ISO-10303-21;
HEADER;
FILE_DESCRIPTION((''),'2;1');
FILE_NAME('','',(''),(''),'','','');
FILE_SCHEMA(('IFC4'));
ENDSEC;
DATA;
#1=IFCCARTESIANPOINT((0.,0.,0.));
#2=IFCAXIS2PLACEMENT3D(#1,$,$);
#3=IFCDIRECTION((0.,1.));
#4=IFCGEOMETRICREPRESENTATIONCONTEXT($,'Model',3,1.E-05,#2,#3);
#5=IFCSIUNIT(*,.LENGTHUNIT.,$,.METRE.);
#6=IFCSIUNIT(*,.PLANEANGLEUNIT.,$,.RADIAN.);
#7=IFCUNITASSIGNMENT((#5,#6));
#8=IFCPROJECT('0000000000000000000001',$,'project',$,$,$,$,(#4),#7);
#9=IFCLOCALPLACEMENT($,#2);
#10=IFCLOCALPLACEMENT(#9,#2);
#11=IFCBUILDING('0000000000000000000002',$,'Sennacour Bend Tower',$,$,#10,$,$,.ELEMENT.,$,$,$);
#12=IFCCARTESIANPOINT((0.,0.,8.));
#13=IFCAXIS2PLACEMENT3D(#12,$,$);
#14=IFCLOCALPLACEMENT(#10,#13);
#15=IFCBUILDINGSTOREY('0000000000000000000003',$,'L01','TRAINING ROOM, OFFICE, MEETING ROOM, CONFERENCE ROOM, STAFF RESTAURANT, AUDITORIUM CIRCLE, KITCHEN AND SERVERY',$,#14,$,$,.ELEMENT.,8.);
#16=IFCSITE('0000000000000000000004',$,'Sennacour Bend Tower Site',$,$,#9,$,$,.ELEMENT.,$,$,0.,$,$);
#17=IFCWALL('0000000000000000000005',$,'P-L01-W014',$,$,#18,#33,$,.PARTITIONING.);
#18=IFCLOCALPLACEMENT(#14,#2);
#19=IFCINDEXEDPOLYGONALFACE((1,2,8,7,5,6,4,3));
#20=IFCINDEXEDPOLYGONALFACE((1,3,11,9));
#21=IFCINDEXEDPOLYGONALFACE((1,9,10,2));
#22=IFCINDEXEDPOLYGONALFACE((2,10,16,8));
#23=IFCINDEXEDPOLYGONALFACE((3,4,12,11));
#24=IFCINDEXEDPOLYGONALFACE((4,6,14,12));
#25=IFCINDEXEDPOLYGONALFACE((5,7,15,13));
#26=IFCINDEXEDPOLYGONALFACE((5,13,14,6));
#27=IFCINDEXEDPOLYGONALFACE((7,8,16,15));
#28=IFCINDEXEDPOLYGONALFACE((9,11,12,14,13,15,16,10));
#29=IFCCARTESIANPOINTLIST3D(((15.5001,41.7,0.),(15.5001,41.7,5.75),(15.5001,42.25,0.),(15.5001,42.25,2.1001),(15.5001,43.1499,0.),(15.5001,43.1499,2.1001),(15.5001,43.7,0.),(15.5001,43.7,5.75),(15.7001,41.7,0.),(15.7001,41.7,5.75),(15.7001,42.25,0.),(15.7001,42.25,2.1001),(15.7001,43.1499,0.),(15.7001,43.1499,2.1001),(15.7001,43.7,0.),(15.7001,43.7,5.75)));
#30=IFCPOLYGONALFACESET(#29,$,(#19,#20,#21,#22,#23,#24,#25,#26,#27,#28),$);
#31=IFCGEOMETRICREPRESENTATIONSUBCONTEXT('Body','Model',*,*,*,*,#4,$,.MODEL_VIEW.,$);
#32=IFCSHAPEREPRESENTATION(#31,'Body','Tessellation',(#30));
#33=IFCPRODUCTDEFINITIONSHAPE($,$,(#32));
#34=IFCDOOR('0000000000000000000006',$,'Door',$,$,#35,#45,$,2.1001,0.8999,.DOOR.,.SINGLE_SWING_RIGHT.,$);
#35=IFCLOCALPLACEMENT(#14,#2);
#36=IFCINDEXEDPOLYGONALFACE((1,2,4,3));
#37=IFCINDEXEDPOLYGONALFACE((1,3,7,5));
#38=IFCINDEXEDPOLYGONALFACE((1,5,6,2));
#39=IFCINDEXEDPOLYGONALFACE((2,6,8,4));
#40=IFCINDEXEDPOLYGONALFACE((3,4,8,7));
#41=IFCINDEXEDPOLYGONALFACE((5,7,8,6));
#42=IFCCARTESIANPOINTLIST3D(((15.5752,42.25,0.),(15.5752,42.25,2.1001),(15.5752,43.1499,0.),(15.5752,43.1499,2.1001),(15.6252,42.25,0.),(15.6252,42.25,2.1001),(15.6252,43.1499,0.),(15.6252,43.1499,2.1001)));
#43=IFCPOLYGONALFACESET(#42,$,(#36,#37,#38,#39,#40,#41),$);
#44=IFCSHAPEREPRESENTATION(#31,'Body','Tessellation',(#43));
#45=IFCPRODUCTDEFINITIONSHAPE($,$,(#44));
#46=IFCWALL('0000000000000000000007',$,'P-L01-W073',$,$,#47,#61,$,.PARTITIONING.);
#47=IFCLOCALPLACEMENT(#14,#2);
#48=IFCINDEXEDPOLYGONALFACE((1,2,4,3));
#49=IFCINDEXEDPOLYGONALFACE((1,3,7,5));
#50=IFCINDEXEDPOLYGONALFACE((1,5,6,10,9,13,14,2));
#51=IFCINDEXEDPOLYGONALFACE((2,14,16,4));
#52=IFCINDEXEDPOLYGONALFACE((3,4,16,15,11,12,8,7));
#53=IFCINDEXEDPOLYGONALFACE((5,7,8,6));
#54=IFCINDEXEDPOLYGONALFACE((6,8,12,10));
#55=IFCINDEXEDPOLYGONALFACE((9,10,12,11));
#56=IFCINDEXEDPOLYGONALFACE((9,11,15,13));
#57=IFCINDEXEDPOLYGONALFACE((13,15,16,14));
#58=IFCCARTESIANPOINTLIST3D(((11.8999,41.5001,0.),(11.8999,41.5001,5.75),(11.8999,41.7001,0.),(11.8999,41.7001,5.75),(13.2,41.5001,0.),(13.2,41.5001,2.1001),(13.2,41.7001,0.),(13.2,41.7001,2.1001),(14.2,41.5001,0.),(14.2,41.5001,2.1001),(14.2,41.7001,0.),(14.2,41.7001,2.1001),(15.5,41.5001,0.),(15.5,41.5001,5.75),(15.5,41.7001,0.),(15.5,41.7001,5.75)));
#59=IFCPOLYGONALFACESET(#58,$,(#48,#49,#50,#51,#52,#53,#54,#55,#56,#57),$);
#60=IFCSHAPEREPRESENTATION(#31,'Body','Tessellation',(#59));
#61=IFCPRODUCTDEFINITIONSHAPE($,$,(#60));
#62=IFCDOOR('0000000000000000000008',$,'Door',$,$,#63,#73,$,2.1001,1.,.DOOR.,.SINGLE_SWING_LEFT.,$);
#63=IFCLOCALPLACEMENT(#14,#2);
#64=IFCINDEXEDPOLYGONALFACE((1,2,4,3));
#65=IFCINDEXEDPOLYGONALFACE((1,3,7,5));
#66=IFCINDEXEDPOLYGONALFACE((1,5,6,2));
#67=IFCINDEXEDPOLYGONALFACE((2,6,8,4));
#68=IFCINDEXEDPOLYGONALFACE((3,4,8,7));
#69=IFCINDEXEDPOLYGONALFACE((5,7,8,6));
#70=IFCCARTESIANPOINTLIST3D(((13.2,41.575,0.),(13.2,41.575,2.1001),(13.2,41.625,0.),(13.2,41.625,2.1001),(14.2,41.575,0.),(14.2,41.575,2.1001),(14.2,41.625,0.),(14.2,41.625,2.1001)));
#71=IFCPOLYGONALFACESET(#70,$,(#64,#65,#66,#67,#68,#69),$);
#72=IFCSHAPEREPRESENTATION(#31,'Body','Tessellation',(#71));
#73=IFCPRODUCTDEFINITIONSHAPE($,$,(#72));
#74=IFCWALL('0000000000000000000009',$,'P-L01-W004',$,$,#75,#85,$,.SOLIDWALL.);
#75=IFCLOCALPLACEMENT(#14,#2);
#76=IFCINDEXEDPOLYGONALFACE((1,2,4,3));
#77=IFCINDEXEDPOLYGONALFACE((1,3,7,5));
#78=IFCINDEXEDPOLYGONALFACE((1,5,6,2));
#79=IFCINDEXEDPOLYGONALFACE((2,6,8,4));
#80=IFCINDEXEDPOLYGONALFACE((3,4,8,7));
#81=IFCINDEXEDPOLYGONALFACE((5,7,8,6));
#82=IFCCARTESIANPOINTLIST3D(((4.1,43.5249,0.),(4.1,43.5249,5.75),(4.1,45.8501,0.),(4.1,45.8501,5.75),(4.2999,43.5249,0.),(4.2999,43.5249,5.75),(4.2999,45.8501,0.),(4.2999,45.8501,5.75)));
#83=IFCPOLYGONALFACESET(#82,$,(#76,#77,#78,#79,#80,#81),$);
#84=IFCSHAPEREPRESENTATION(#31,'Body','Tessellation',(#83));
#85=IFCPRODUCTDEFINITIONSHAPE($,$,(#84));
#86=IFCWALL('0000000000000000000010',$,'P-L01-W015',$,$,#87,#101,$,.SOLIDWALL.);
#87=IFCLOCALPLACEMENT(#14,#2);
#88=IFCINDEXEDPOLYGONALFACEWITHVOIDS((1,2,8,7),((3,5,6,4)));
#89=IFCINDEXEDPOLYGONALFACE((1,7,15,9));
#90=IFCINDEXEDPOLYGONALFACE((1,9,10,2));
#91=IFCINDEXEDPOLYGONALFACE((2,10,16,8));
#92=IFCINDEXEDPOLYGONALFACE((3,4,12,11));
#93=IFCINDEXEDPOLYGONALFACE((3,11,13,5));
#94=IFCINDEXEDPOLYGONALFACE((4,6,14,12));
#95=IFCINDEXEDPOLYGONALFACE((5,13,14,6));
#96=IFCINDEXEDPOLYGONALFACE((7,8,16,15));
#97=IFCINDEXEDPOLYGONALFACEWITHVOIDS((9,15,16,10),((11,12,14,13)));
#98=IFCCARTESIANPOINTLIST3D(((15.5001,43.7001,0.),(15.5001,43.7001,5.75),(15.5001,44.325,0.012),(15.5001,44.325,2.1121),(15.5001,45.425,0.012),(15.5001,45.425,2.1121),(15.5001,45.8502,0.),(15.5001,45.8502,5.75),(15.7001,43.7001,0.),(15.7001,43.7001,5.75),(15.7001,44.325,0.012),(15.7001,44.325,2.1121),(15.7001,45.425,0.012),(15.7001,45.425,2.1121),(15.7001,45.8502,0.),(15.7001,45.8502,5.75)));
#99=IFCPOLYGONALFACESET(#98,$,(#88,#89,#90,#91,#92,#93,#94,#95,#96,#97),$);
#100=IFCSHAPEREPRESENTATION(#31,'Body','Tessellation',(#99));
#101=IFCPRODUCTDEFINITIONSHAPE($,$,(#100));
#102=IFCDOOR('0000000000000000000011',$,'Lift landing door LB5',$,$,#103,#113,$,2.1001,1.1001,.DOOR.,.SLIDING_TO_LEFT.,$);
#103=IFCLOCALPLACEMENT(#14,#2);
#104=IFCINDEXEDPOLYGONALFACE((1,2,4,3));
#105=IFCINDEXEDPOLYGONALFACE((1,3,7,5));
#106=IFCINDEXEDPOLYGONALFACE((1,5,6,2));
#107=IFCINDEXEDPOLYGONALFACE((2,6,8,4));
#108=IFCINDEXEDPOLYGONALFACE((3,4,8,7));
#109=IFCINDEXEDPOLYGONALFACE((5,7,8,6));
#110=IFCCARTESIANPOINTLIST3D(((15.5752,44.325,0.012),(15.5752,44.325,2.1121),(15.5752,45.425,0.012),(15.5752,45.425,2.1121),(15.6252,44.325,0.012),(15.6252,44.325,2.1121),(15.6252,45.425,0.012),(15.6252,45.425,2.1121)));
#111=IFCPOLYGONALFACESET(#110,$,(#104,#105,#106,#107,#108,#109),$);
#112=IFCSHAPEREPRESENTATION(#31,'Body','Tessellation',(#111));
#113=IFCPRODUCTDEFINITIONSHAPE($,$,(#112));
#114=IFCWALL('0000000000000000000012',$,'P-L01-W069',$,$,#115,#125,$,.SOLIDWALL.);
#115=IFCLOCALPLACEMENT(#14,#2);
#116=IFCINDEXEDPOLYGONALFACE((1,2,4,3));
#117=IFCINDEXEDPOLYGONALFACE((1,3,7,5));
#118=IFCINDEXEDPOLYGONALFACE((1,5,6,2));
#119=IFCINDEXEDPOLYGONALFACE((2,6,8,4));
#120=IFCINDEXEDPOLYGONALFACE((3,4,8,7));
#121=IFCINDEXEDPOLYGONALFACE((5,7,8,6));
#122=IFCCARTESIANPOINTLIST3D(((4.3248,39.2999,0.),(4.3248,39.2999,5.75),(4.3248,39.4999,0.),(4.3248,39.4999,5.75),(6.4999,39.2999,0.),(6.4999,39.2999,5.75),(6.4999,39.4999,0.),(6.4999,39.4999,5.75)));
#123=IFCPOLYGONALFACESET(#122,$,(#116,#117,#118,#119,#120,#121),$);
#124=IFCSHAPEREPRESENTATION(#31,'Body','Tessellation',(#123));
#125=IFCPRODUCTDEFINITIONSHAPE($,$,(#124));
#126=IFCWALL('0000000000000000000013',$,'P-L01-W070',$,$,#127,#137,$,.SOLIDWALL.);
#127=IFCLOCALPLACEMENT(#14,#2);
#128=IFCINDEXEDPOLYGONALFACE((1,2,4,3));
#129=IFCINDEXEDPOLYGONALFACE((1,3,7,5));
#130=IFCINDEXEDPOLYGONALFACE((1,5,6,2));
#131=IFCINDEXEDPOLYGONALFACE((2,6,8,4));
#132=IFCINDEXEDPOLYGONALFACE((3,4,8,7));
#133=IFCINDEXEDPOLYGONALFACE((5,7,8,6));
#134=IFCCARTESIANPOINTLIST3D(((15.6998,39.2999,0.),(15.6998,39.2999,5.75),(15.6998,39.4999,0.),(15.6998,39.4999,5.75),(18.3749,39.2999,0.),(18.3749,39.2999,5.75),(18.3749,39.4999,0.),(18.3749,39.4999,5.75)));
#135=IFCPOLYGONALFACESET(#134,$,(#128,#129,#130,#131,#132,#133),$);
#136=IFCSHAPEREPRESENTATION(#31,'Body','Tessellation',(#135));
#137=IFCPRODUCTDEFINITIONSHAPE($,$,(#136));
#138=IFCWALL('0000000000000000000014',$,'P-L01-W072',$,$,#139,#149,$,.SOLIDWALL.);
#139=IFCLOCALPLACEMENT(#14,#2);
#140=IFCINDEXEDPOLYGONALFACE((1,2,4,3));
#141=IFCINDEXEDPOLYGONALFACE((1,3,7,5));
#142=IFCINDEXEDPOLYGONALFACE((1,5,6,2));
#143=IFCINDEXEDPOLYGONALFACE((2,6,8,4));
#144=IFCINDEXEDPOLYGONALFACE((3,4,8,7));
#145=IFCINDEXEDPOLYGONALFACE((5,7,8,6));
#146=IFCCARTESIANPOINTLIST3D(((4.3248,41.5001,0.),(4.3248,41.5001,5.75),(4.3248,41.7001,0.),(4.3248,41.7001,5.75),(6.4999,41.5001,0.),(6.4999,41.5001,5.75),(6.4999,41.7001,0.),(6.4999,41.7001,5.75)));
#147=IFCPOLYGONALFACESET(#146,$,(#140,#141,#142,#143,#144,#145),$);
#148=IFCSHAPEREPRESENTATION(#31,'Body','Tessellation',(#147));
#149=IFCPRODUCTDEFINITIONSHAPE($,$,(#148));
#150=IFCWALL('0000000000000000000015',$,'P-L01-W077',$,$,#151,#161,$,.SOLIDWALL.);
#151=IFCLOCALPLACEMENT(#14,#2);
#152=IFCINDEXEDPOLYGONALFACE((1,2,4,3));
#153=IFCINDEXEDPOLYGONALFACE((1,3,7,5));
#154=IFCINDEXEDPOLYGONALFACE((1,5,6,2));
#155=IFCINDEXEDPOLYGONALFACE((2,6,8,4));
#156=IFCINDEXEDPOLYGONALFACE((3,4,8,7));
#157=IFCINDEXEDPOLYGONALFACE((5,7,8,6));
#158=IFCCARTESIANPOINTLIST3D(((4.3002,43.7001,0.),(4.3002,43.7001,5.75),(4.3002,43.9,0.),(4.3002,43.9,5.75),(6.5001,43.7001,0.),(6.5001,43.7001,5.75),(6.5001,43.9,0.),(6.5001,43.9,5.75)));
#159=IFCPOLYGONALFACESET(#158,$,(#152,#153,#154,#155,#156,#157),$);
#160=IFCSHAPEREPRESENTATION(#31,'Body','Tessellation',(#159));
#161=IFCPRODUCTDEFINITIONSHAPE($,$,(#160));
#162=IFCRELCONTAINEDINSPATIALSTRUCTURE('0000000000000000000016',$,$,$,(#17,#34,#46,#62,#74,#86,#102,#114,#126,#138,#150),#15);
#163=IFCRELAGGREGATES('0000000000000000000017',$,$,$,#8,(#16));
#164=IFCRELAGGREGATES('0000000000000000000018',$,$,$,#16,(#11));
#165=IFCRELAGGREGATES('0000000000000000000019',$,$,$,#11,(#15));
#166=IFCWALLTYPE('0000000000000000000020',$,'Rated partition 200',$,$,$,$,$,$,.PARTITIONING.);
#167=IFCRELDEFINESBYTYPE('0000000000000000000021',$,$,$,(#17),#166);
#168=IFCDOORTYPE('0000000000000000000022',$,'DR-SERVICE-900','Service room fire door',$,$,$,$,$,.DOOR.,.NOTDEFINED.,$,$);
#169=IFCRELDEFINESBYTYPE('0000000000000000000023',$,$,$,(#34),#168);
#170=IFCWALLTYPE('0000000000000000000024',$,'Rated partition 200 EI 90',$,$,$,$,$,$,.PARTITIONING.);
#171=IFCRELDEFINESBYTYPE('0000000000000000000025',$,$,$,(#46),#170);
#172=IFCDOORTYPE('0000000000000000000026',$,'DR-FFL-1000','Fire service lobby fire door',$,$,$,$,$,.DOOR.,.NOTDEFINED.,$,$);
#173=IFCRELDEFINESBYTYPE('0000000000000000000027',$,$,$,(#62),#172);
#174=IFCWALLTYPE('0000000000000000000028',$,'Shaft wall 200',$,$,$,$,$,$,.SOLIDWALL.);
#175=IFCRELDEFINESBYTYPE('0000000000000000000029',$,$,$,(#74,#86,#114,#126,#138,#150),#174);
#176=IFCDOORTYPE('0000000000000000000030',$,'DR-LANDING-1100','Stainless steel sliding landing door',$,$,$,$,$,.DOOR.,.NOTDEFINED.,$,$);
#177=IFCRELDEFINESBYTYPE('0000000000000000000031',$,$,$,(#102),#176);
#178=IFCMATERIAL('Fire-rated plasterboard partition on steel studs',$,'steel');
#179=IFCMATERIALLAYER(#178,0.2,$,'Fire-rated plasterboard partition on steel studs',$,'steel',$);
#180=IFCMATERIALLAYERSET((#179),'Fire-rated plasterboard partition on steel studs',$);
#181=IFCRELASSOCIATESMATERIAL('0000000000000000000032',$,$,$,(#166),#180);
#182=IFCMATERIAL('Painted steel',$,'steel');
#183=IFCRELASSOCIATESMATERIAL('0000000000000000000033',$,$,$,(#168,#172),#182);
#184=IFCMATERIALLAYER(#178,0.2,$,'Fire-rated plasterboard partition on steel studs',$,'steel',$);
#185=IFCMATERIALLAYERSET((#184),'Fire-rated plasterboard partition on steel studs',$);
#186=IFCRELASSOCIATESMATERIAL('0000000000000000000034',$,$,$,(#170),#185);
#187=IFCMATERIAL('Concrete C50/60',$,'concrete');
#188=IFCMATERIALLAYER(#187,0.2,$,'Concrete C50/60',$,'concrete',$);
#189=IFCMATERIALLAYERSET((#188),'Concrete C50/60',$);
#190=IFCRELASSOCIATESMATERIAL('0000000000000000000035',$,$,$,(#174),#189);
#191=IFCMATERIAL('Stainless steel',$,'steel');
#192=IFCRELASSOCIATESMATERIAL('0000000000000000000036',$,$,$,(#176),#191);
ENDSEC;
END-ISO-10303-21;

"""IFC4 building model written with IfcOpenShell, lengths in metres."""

from ifc_helpers import new_model, si_unit, direction, frame, frame_2d, origin, place, context, subcontext, project, spatial, rectangle, extrude, material, layer, layer_set, type_object, element, fill, save


model = new_model("IFC4")

# Units and contexts
model_context = context("Model", 3, precision=1e-05, world=origin(), true_north=direction((0.0, 1.0)))
body_context = subcontext(model_context, "Body", "Model", "MODEL_VIEW")
ifc_project = project(units=[si_unit("LENGTHUNIT", "METRE"), si_unit("PLANEANGLEUNIT", "RADIAN")], contexts=[model_context])

# Site, building, storey
site_placement = place(None, origin())
site = spatial("IfcSite", under=ifc_project, at=site_placement, Name="Sennacour Bend Tower Site", CompositionType="ELEMENT", RefElevation=0.0)
building_placement = place(site_placement, origin())
building = spatial("IfcBuilding", under=site, at=building_placement, Name="Sennacour Bend Tower", CompositionType="ELEMENT")
storey_placement = place(building_placement, frame((0.0, 0.0, 8.0)))
storey = spatial("IfcBuildingStorey", under=building, at=storey_placement, Name="L01", Description="TRAINING ROOM, OFFICE, MEETING ROOM, CONFERENCE ROOM, STAFF RESTAURANT, AUDITORIUM CIRCLE, KITCHEN AND SERVERY", CompositionType="ELEMENT", Elevation=8.0)

# Walls, openings, doors
ifc_material_1 = material(Name="Fire-rated plasterboard partition on steel studs", Category="steel")
ifc_layer_1 = layer(ifc_material_1, 0.2, Name="Fire-rated plasterboard partition on steel studs", Category="steel")
ifc_layer_set_1 = layer_set([ifc_layer_1], Name="Fire-rated plasterboard partition on steel studs")
wall_type_1 = type_object("IfcWallType", Name="Rated partition 200", PredefinedType="PARTITIONING", material=ifc_layer_set_1)
wall_1_placement = place(storey_placement, frame((15.6001, 41.7, 0.0), z_axis=(0.0, 0.0, 1.0), x_axis=(0.0, 1.0, 0.0)))
wall_1 = element("IfcWall", 1, at=wall_1_placement, inside=storey, type_object=wall_type_1, Name="P-L01-W014", PredefinedType="PARTITIONING", context=body_context, shape_type="SweptSolid", body=[
    extrude(rectangle(XDim=2.0, YDim=0.2, at=frame_2d((1.0, 0.0))), origin(), (0.0, 0.0, 1.0), 5.75),
])
opening_1_placement = place(wall_1_placement, frame((0.55, 0.0, 0.0)))
opening_1 = element("IfcOpeningElement", 2, at=opening_1_placement, cuts=wall_1, PredefinedType="OPENING", context=body_context, shape_type="SweptSolid", body=[
    extrude(rectangle(XDim=0.8999, YDim=2.1001, at=frame_2d((0.45, 1.05))), frame((0.0, 0.1099, 0.0), z_axis=(0.0, -1.0, 0.0), x_axis=(1.0, 0.0, 0.0)), (0.0, 0.0, 1.0), 0.22),
])
ifc_material_2 = material(Name="Painted steel", Category="steel")
door_type_1 = type_object("IfcDoorType", Name="DR-SERVICE-900", Description="Service room fire door", OperationType="NOTDEFINED", PredefinedType="DOOR", material=ifc_material_2)
door_1_placement = place(opening_1_placement, origin())
door_1 = element("IfcDoor", 3, at=door_1_placement, inside=storey, type_object=door_type_1, Name="Door", OperationType="SINGLE_SWING_RIGHT", OverallHeight=2.1001, OverallWidth=0.8999, PredefinedType="DOOR", context=body_context, shape_type="SweptSolid", body=[
    extrude(rectangle(XDim=0.8999, YDim=2.1001, at=frame_2d((0.45, 1.05))), frame((0.0, 0.0249, 0.0), z_axis=(0.0, -1.0, 0.0), x_axis=(1.0, 0.0, 0.0)), (0.0, 0.0, 1.0), 0.05),
])
fill(opening_1, door_1)
ifc_layer_2 = layer(ifc_material_1, 0.2, Name="Fire-rated plasterboard partition on steel studs", Category="steel")
ifc_layer_set_2 = layer_set([ifc_layer_2], Name="Fire-rated plasterboard partition on steel studs")
wall_type_2 = type_object("IfcWallType", Name="Rated partition 200 EI 90", PredefinedType="PARTITIONING", material=ifc_layer_set_2)
wall_2_placement = place(storey_placement, frame((11.8999, 41.6001, 0.0), z_axis=(0.0, 0.0, 1.0), x_axis=(1.0, 0.0, 0.0)))
wall_2 = element("IfcWall", 4, at=wall_2_placement, inside=storey, type_object=wall_type_2, Name="P-L01-W073", PredefinedType="PARTITIONING", context=body_context, shape_type="SweptSolid", body=[
    extrude(rectangle(XDim=3.6001, YDim=0.2, at=frame_2d((1.8, 0.0))), origin(), (0.0, 0.0, 1.0), 5.75),
])
opening_2_placement = place(wall_2_placement, frame((1.3, 0.0, 0.0)))
opening_2 = element("IfcOpeningElement", 5, at=opening_2_placement, cuts=wall_2, PredefinedType="OPENING", context=body_context, shape_type="SweptSolid", body=[
    extrude(rectangle(XDim=1.0, YDim=2.1001, at=frame_2d((0.5, 1.05))), frame((0.0, 0.1099, 0.0), z_axis=(0.0, -1.0, 0.0), x_axis=(1.0, 0.0, 0.0)), (0.0, 0.0, 1.0), 0.22),
])
door_type_2 = type_object("IfcDoorType", Name="DR-FFL-1000", Description="Fire service lobby fire door", OperationType="NOTDEFINED", PredefinedType="DOOR", material=ifc_material_2)
door_2_placement = place(opening_2_placement, origin())
door_2 = element("IfcDoor", 6, at=door_2_placement, inside=storey, type_object=door_type_2, Name="Door", OperationType="SINGLE_SWING_LEFT", OverallHeight=2.1001, OverallWidth=1.0, PredefinedType="DOOR", context=body_context, shape_type="SweptSolid", body=[
    extrude(rectangle(XDim=1.0, YDim=2.1001, at=frame_2d((0.5, 1.05))), frame((0.0, 0.0249, 0.0), z_axis=(0.0, -1.0, 0.0), x_axis=(1.0, 0.0, 0.0)), (0.0, 0.0, 1.0), 0.05),
])
fill(opening_2, door_2)

# Wall
ifc_material_3 = material(Name="Concrete C50/60", Category="concrete")
ifc_layer_3 = layer(ifc_material_3, 0.2, Name="Concrete C50/60", Category="concrete")
ifc_layer_set_3 = layer_set([ifc_layer_3], Name="Concrete C50/60")
wall_type_3 = type_object("IfcWallType", Name="Shaft wall 200", PredefinedType="SOLIDWALL", material=ifc_layer_set_3)
wall_3_placement = place(storey_placement, frame((4.2, 43.5249, 0.0), z_axis=(0.0, 0.0, 1.0), x_axis=(0.0, 1.0, 0.0)))
element("IfcWall", 7, at=wall_3_placement, inside=storey, type_object=wall_type_3, Name="P-L01-W004", PredefinedType="SOLIDWALL", context=body_context, shape_type="SweptSolid", body=[
    extrude(rectangle(XDim=2.3252, YDim=0.2, at=frame_2d((1.1626, 0.0))), origin(), (0.0, 0.0, 1.0), 5.75),
])

# Wall, opening, door
wall_4_placement = place(storey_placement, frame((15.6001, 43.7, 0.0), z_axis=(0.0, 0.0, 1.0), x_axis=(0.0, 1.0, 0.0)))
wall_4 = element("IfcWall", 8, at=wall_4_placement, inside=storey, type_object=wall_type_3, Name="P-L01-W015", PredefinedType="SOLIDWALL", context=body_context, shape_type="SweptSolid", body=[
    extrude(rectangle(XDim=2.1501, YDim=0.2, at=frame_2d((1.0752, 0.0))), origin(), (0.0, 0.0, 1.0), 5.75),
])
opening_3_placement = place(wall_4_placement, frame((0.625, 0.0, 0.012)))
opening_3 = element("IfcOpeningElement", 9, at=opening_3_placement, cuts=wall_4, PredefinedType="OPENING", context=body_context, shape_type="SweptSolid", body=[
    extrude(rectangle(XDim=1.1001, YDim=2.1001, at=frame_2d((0.55, 1.05))), frame((0.0, 0.1099, 0.0), z_axis=(0.0, -1.0, 0.0), x_axis=(1.0, 0.0, 0.0)), (0.0, 0.0, 1.0), 0.22),
])
ifc_material_4 = material(Name="Stainless steel", Category="steel")
door_type_3 = type_object("IfcDoorType", Name="DR-LANDING-1100", Description="Stainless steel sliding landing door", OperationType="NOTDEFINED", PredefinedType="DOOR", material=ifc_material_4)
door_3_placement = place(opening_3_placement, origin())
door_3 = element("IfcDoor", 10, at=door_3_placement, inside=storey, type_object=door_type_3, Name="Lift landing door LB5", OperationType="SLIDING_TO_LEFT", OverallHeight=2.1001, OverallWidth=1.1001, PredefinedType="DOOR", context=body_context, shape_type="SweptSolid", body=[
    extrude(rectangle(XDim=1.1001, YDim=2.1001, at=frame_2d((0.55, 1.05))), frame((0.0, 0.0249, 0.0), z_axis=(0.0, -1.0, 0.0), x_axis=(1.0, 0.0, 0.0)), (0.0, 0.0, 1.0), 0.05),
])
fill(opening_3, door_3)

# Walls
wall_5_placement = place(storey_placement, frame((4.325, 39.3999, 0.0), z_axis=(0.0, 0.0, 1.0), x_axis=(1.0, 0.0, 0.0)))
element("IfcWall", 11, at=wall_5_placement, inside=storey, type_object=wall_type_3, Name="P-L01-W069", PredefinedType="SOLIDWALL", context=body_context, shape_type="SweptSolid", body=[
    extrude(rectangle(XDim=2.175, YDim=0.2, at=frame_2d((1.0874, 0.0))), origin(), (0.0, 0.0, 1.0), 5.75),
])
wall_6_placement = place(storey_placement, frame((15.7, 39.3999, 0.0), z_axis=(0.0, 0.0, 1.0), x_axis=(1.0, 0.0, 0.0)))
element("IfcWall", 12, at=wall_6_placement, inside=storey, type_object=wall_type_3, Name="P-L01-W070", PredefinedType="SOLIDWALL", context=body_context, shape_type="SweptSolid", body=[
    extrude(rectangle(XDim=2.675, YDim=0.2, at=frame_2d((1.3374, 0.0))), origin(), (0.0, 0.0, 1.0), 5.75),
])
wall_7_placement = place(storey_placement, frame((4.325, 41.6001, 0.0), z_axis=(0.0, 0.0, 1.0), x_axis=(1.0, 0.0, 0.0)))
element("IfcWall", 13, at=wall_7_placement, inside=storey, type_object=wall_type_3, Name="P-L01-W072", PredefinedType="SOLIDWALL", context=body_context, shape_type="SweptSolid", body=[
    extrude(rectangle(XDim=2.175, YDim=0.2, at=frame_2d((1.0874, 0.0))), origin(), (0.0, 0.0, 1.0), 5.75),
])
wall_8_placement = place(storey_placement, frame((4.3, 43.8, 0.0), z_axis=(0.0, 0.0, 1.0), x_axis=(1.0, 0.0, 0.0)))
element("IfcWall", 14, at=wall_8_placement, inside=storey, type_object=wall_type_3, Name="P-L01-W077", PredefinedType="SOLIDWALL", context=body_context, shape_type="SweptSolid", body=[
    extrude(rectangle(XDim=2.2, YDim=0.2, at=frame_2d((1.1001, 0.0))), origin(), (0.0, 0.0, 1.0), 5.75),
])

save(model, "model.ifc")
